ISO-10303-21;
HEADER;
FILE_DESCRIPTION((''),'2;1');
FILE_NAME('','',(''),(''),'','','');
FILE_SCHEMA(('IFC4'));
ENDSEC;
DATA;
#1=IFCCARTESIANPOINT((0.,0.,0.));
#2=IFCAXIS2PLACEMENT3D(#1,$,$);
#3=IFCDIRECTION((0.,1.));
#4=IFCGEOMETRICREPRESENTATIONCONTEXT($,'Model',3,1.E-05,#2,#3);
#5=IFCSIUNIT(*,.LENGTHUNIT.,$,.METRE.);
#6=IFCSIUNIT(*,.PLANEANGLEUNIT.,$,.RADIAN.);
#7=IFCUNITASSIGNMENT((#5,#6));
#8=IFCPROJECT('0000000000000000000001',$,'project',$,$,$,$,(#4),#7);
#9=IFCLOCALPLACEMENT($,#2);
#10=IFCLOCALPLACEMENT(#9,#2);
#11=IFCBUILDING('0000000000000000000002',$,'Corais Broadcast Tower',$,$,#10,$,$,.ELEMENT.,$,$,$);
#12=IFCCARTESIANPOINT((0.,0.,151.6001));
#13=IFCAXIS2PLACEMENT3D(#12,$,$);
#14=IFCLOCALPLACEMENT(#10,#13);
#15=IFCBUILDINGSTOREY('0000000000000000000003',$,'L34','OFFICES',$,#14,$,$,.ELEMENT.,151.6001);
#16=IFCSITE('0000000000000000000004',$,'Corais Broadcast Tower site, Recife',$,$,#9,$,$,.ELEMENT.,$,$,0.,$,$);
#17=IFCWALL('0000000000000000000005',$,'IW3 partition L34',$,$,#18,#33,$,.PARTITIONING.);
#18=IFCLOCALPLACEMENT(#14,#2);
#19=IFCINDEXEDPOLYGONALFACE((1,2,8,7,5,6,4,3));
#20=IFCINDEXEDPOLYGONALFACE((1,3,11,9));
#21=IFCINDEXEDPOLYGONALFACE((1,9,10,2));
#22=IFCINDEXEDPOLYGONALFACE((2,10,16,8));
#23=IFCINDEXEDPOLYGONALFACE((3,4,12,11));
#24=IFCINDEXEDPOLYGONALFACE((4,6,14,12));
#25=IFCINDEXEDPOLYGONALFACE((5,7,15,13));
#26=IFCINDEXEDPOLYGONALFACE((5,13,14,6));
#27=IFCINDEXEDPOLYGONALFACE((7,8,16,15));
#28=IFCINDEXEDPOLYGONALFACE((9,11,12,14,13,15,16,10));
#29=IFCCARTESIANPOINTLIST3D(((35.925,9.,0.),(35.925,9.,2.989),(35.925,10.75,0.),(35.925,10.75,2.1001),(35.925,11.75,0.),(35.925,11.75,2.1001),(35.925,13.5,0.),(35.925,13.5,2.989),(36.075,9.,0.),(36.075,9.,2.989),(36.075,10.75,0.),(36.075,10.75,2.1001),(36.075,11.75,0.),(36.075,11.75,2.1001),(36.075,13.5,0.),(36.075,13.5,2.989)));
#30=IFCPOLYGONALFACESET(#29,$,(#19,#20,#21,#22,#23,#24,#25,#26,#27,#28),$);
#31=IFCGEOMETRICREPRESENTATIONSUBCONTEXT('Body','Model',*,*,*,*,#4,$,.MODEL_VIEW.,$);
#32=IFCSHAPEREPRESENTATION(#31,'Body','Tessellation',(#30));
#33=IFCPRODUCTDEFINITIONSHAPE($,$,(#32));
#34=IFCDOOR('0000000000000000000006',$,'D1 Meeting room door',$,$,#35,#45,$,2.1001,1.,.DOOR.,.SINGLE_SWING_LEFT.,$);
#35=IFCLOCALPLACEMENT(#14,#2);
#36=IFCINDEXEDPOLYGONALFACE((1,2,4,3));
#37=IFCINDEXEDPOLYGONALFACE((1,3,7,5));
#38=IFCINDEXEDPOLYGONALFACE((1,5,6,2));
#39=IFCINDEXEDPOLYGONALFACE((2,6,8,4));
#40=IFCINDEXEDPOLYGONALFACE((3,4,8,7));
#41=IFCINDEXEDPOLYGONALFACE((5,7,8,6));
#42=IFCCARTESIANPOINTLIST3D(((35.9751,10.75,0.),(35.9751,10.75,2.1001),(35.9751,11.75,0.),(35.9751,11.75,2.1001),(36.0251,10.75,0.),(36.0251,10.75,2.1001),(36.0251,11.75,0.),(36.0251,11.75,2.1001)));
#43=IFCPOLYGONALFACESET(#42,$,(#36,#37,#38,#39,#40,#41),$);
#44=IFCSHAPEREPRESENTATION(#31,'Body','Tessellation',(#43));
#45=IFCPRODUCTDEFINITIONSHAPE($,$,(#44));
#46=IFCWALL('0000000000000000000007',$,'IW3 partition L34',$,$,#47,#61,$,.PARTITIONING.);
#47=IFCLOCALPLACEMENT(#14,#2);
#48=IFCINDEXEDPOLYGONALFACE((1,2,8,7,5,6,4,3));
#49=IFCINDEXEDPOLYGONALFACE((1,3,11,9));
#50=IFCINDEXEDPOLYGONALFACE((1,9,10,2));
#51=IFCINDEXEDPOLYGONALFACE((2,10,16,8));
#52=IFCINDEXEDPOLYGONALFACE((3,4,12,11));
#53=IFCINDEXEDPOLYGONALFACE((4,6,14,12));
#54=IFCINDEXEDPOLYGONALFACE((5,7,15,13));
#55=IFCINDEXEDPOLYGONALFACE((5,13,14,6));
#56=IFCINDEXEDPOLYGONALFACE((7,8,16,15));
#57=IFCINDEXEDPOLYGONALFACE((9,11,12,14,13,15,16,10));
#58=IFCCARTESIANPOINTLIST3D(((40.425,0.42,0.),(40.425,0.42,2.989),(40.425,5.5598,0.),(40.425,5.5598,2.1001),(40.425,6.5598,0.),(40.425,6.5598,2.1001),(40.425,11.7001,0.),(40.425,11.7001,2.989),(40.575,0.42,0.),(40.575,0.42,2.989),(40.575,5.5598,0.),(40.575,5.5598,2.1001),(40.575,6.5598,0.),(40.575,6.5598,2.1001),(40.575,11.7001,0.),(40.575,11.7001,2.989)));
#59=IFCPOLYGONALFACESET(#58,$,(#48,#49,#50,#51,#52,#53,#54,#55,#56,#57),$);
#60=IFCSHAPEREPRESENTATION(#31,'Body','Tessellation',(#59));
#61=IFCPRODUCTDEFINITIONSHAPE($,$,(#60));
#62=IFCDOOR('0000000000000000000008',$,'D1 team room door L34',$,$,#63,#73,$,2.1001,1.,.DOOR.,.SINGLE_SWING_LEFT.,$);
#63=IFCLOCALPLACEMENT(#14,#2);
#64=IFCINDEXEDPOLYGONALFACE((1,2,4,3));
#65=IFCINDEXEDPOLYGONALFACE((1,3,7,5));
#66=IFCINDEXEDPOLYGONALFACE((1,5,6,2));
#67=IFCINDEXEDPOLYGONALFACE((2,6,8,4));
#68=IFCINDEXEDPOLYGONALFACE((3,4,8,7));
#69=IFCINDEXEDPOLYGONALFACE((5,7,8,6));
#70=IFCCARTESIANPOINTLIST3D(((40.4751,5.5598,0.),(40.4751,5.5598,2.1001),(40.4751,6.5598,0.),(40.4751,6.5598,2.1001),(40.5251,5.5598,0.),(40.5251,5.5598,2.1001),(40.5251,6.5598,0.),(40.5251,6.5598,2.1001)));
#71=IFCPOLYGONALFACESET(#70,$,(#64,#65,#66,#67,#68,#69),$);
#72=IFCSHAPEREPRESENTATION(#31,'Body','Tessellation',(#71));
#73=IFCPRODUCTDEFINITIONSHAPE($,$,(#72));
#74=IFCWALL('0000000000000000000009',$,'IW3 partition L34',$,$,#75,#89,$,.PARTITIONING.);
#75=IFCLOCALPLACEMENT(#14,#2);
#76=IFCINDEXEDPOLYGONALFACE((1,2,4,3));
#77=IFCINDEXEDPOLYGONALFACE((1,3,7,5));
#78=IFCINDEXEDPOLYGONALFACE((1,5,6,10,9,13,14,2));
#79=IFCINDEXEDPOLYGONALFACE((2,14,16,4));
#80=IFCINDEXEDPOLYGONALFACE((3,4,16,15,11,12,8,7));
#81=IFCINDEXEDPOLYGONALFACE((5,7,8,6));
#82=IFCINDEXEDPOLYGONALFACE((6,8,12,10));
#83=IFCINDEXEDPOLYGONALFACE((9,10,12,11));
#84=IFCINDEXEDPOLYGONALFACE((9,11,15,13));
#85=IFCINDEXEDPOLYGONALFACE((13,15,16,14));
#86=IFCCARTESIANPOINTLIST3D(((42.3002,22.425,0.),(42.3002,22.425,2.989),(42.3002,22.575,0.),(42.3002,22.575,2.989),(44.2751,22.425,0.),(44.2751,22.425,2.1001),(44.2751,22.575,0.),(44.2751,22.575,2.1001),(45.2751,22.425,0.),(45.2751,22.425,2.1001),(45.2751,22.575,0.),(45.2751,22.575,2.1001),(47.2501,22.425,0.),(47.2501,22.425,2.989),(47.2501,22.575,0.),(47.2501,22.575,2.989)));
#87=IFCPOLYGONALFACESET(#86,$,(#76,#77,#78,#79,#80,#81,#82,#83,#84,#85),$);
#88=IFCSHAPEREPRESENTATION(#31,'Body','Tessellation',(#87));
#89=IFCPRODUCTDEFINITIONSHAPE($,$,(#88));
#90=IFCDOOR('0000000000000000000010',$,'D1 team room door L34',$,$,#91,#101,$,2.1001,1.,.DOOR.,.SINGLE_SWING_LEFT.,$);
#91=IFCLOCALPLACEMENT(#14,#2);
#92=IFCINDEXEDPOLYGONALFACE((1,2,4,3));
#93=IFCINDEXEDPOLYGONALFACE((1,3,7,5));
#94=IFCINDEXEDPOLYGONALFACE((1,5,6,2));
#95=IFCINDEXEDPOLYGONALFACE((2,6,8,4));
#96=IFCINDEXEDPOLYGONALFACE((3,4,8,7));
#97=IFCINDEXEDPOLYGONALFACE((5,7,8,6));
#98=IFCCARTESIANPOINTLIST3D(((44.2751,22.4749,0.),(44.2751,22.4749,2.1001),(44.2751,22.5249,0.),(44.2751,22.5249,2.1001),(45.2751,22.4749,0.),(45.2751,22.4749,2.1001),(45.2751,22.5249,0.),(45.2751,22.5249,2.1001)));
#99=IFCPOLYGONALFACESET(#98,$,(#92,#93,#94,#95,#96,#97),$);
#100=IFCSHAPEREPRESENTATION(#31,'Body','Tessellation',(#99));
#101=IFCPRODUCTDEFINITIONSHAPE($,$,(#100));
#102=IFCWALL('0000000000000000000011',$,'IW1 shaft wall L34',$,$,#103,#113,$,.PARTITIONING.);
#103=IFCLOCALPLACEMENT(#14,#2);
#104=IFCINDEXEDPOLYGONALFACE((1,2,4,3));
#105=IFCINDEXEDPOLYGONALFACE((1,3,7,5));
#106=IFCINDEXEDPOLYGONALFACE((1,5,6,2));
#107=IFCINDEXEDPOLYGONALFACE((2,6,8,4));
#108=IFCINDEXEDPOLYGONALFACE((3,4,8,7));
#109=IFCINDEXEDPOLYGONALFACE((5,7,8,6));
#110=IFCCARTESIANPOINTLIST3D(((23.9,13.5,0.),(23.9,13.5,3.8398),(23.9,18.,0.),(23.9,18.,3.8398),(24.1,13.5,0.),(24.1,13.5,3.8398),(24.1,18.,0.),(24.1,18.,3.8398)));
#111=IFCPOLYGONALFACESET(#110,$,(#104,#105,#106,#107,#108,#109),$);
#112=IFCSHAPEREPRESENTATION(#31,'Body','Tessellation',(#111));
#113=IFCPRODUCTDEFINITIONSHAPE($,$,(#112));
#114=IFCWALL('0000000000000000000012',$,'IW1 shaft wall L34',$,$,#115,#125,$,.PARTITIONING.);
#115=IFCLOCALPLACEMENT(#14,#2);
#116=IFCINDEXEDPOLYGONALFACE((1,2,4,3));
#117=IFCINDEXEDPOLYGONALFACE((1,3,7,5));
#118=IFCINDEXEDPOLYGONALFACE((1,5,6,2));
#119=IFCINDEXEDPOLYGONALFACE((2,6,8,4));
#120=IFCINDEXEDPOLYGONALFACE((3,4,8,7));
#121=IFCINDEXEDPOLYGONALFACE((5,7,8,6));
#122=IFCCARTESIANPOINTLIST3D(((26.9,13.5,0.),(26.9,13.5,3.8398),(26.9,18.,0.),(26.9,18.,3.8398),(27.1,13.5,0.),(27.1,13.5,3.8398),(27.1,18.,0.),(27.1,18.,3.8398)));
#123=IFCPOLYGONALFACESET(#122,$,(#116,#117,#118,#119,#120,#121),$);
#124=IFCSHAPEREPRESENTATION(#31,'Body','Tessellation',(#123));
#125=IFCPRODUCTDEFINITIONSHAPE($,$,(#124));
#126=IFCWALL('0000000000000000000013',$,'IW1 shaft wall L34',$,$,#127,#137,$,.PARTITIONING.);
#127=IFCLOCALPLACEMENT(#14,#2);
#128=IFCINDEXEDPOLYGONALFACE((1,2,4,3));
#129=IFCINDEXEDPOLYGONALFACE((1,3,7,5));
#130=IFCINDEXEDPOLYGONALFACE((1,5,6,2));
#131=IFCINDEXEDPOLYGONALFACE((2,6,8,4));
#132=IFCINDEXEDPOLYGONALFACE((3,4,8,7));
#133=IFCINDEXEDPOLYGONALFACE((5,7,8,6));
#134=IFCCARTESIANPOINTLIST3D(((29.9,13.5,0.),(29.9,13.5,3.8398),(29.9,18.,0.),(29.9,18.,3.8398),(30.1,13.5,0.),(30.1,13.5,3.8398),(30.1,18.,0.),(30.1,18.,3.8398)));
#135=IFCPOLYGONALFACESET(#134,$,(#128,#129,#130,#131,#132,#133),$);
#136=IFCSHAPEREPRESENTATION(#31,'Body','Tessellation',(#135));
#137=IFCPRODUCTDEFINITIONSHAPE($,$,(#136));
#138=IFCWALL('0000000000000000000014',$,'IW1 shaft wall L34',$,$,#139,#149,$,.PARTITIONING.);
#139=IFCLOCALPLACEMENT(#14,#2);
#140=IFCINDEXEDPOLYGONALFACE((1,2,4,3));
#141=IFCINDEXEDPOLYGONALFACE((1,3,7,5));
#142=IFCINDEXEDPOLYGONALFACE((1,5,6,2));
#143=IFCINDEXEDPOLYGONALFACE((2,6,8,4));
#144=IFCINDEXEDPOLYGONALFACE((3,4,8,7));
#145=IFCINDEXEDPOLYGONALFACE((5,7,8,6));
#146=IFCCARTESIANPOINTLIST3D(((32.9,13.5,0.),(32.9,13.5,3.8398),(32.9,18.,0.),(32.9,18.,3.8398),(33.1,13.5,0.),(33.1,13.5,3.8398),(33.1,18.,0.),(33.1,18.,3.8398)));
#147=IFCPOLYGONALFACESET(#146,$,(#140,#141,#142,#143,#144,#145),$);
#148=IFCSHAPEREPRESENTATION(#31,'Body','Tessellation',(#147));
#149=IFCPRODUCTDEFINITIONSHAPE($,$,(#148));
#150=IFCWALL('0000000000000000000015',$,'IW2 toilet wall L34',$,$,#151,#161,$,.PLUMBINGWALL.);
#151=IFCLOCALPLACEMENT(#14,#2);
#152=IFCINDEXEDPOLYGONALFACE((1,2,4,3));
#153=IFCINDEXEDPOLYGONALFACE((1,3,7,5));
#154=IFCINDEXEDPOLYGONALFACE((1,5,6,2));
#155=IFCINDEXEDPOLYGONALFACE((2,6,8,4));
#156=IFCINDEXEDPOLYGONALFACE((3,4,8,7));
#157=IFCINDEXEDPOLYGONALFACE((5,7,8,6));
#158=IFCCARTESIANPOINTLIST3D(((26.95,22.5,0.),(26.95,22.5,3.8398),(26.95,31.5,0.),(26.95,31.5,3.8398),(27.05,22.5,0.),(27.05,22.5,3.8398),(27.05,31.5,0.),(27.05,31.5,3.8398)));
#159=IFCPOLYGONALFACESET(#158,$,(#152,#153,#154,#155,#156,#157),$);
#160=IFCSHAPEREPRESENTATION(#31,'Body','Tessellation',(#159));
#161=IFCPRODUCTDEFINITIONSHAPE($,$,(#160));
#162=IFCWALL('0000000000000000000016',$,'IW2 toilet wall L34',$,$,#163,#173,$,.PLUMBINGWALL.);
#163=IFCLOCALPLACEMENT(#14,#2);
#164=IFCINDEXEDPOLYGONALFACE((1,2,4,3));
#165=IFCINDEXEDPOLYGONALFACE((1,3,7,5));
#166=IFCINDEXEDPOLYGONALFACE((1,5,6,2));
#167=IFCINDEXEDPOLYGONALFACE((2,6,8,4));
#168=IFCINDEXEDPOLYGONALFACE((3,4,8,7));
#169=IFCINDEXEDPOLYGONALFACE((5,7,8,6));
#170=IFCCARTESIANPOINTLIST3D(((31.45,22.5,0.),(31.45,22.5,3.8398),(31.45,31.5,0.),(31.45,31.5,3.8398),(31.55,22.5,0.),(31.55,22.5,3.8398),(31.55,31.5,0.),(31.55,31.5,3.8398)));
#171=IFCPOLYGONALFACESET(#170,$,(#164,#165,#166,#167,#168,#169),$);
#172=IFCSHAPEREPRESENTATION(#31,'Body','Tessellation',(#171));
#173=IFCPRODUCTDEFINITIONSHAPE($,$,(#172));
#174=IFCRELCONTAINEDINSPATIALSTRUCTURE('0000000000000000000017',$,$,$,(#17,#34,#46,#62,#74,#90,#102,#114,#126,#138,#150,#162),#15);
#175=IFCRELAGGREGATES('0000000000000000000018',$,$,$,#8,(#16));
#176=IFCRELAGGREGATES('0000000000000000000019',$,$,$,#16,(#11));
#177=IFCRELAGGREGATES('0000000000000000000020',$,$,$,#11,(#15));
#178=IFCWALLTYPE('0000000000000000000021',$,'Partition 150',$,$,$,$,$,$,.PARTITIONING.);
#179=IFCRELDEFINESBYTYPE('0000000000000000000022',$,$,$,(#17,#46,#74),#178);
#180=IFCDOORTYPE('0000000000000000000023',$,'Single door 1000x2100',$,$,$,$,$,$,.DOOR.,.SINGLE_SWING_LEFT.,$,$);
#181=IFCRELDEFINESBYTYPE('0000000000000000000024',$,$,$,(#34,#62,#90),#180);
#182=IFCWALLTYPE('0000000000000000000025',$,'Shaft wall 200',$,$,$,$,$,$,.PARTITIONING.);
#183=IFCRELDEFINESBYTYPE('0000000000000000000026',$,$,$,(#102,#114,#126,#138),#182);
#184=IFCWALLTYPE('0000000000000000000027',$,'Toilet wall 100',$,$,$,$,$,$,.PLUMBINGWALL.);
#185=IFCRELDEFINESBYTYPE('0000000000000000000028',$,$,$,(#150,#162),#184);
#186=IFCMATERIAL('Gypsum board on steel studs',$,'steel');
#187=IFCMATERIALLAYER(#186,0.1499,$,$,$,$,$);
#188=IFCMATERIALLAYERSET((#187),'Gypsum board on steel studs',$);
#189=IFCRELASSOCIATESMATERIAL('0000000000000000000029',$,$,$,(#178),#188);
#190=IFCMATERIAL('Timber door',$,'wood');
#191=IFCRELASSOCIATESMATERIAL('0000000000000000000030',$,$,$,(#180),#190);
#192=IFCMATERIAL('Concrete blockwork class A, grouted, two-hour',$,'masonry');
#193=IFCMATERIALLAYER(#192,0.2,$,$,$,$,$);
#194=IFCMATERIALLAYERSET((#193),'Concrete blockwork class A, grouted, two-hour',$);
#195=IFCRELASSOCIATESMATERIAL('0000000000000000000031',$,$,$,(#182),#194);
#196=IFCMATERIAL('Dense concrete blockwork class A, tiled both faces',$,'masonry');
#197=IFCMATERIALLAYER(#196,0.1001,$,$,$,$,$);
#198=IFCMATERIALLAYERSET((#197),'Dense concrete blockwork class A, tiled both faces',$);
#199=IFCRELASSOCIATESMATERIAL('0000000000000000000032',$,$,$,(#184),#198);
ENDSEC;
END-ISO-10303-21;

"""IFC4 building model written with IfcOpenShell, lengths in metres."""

from ifc_helpers import new_model, si_unit, direction, frame, frame_2d, origin, place, context, subcontext, project, spatial, rectangle, extrude, material, layer, layer_set, type_object, element, fill, save


model = new_model("IFC4")

# Units and contexts
model_context = context("Model", 3, precision=1e-05, world=origin(), true_north=direction((0.0, 1.0)))
body_context = subcontext(model_context, "Body", "Model", "MODEL_VIEW")
ifc_project = project(units=[si_unit("LENGTHUNIT", "METRE"), si_unit("PLANEANGLEUNIT", "RADIAN")], contexts=[model_context])

# Site, building, storey
site_placement = place(None, origin())
site = spatial("IfcSite", under=ifc_project, at=site_placement, Name="Corais Broadcast Tower site, Recife", CompositionType="ELEMENT", RefElevation=0.0)
building_placement = place(site_placement, origin())
building = spatial("IfcBuilding", under=site, at=building_placement, Name="Corais Broadcast Tower", CompositionType="ELEMENT")
storey_placement = place(building_placement, frame((0.0, 0.0, 151.6001)))
storey = spatial("IfcBuildingStorey", under=building, at=storey_placement, Name="L34", Description="OFFICES", CompositionType="ELEMENT", Elevation=151.6001)

# Shared definitions
ifc_material_1 = material(Name="Gypsum board on steel studs", Category="steel")
ifc_layer_1 = layer(ifc_material_1, 0.1499)
ifc_layer_set_1 = layer_set([ifc_layer_1], Name="Gypsum board on steel studs")
wall_type_1 = type_object("IfcWallType", Name="Partition 150", PredefinedType="PARTITIONING", material=ifc_layer_set_1)
ifc_material_2 = material(Name="Timber door", Category="wood")
door_type_1 = type_object("IfcDoorType", Name="Single door 1000x2100", OperationType="SINGLE_SWING_LEFT", PredefinedType="DOOR", material=ifc_material_2)

# Walls, openings, doors
wall_1_placement = place(storey_placement, frame((36.0, 9.0, 0.0), z_axis=(0.0, 0.0, 1.0), x_axis=(0.0, 1.0, 0.0)))
wall_1 = element("IfcWall", 1, at=wall_1_placement, inside=storey, type_object=wall_type_1, Name="IW3 partition L34", PredefinedType="PARTITIONING", context=body_context, shape_type="SweptSolid", body=[
    extrude(rectangle(XDim=4.5, YDim=0.1499, at=frame_2d((2.25, 0.0))), origin(), (0.0, 0.0, 1.0), 2.989),
])
opening_1_placement = place(wall_1_placement, frame((1.75, 0.0, 0.0)))
opening_1 = element("IfcOpeningElement", 2, at=opening_1_placement, cuts=wall_1, PredefinedType="OPENING", context=body_context, shape_type="SweptSolid", body=[
    extrude(rectangle(XDim=1.0, YDim=2.1001, at=frame_2d((0.5, 1.05))), frame((0.0, 0.085, 0.0), z_axis=(0.0, -1.0, 0.0), x_axis=(1.0, 0.0, 0.0)), (0.0, 0.0, 1.0), 0.1699),
])
door_1_placement = place(opening_1_placement, origin())
door_1 = element("IfcDoor", 3, at=door_1_placement, inside=storey, type_object=door_type_1, Name="D1 Meeting room door", OperationType="SINGLE_SWING_LEFT", OverallHeight=2.1001, OverallWidth=1.0, PredefinedType="DOOR", context=body_context, shape_type="SweptSolid", body=[
    extrude(rectangle(XDim=1.0, YDim=2.1001, at=frame_2d((0.5, 1.05))), frame((0.0, 0.0249, 0.0), z_axis=(0.0, -1.0, 0.0), x_axis=(1.0, 0.0, 0.0)), (0.0, 0.0, 1.0), 0.05),
])
fill(opening_1, door_1)
wall_2_placement = place(storey_placement, frame((40.5, 0.4199, 0.0), z_axis=(0.0, 0.0, 1.0), x_axis=(0.0, 1.0, 0.0)))
wall_2 = element("IfcWall", 4, at=wall_2_placement, inside=storey, type_object=wall_type_1, Name="IW3 partition L34", PredefinedType="PARTITIONING", context=body_context, shape_type="SweptSolid", body=[
    extrude(rectangle(XDim=11.28, YDim=0.1499, at=frame_2d((5.6401, 0.0))), origin(), (0.0, 0.0, 1.0), 2.989),
])
opening_2_placement = place(wall_2_placement, frame((5.1399, 0.0, 0.0)))
opening_2 = element("IfcOpeningElement", 5, at=opening_2_placement, cuts=wall_2, PredefinedType="OPENING", context=body_context, shape_type="SweptSolid", body=[
    extrude(rectangle(XDim=1.0, YDim=2.1001, at=frame_2d((0.5, 1.05))), frame((0.0, 0.085, 0.0), z_axis=(0.0, -1.0, 0.0), x_axis=(1.0, 0.0, 0.0)), (0.0, 0.0, 1.0), 0.1699),
])
door_2_placement = place(opening_2_placement, origin())
door_2 = element("IfcDoor", 6, at=door_2_placement, inside=storey, type_object=door_type_1, Name="D1 team room door L34", OperationType="SINGLE_SWING_LEFT", OverallHeight=2.1001, OverallWidth=1.0, PredefinedType="DOOR", context=body_context, shape_type="SweptSolid", body=[
    extrude(rectangle(XDim=1.0, YDim=2.1001, at=frame_2d((0.5, 1.05))), frame((0.0, 0.0249, 0.0), z_axis=(0.0, -1.0, 0.0), x_axis=(1.0, 0.0, 0.0)), (0.0, 0.0, 1.0), 0.05),
])
fill(opening_2, door_2)
wall_3_placement = place(storey_placement, frame((42.3, 22.5, 0.0), z_axis=(0.0, 0.0, 1.0), x_axis=(1.0, 0.0, 0.0)))
wall_3 = element("IfcWall", 7, at=wall_3_placement, inside=storey, type_object=wall_type_1, Name="IW3 partition L34", PredefinedType="PARTITIONING", context=body_context, shape_type="SweptSolid", body=[
    extrude(rectangle(XDim=4.95, YDim=0.1499, at=frame_2d((2.4751, 0.0))), origin(), (0.0, 0.0, 1.0), 2.989),
])
opening_3_placement = place(wall_3_placement, frame((1.9751, 0.0, 0.0)))
opening_3 = element("IfcOpeningElement", 8, at=opening_3_placement, cuts=wall_3, PredefinedType="OPENING", context=body_context, shape_type="SweptSolid", body=[
    extrude(rectangle(XDim=1.0, YDim=2.1001, at=frame_2d((0.5, 1.05))), frame((0.0, 0.085, 0.0), z_axis=(0.0, -1.0, 0.0), x_axis=(1.0, 0.0, 0.0)), (0.0, 0.0, 1.0), 0.1699),
])
door_3_placement = place(opening_3_placement, origin())
door_3 = element("IfcDoor", 9, at=door_3_placement, inside=storey, type_object=door_type_1, Name="D1 team room door L34", OperationType="SINGLE_SWING_LEFT", OverallHeight=2.1001, OverallWidth=1.0, PredefinedType="DOOR", context=body_context, shape_type="SweptSolid", body=[
    extrude(rectangle(XDim=1.0, YDim=2.1001, at=frame_2d((0.5, 1.05))), frame((0.0, 0.0249, 0.0), z_axis=(0.0, -1.0, 0.0), x_axis=(1.0, 0.0, 0.0)), (0.0, 0.0, 1.0), 0.05),
])
fill(opening_3, door_3)

# Walls
ifc_material_3 = material(Name="Concrete blockwork class A, grouted, two-hour", Category="masonry")
ifc_layer_2 = layer(ifc_material_3, 0.2)
ifc_layer_set_2 = layer_set([ifc_layer_2], Name="Concrete blockwork class A, grouted, two-hour")
wall_type_2 = type_object("IfcWallType", Name="Shaft wall 200", PredefinedType="PARTITIONING", material=ifc_layer_set_2)
for number, where, z_axis, x_axis, name in (
    (10, (24.0, 13.5, 0.0), (0.0, 0.0, 1.0), (0.0, 1.0, 0.0), "IW1 shaft wall L34"),
    (11, (27.0, 13.5, 0.0), (0.0, 0.0, 1.0), (0.0, 1.0, 0.0), "IW1 shaft wall L34"),
    (12, (30.0, 13.5, 0.0), (0.0, 0.0, 1.0), (0.0, 1.0, 0.0), "IW1 shaft wall L34"),
    (13, (33.0, 13.5, 0.0), (0.0, 0.0, 1.0), (0.0, 1.0, 0.0), "IW1 shaft wall L34"),
):
    element("IfcWall", number, at=place(storey_placement, frame(where, z_axis=z_axis, x_axis=x_axis)), inside=storey, type_object=wall_type_2, Name=name, PredefinedType="PARTITIONING", context=body_context, shape_type="SweptSolid", body=[
        extrude(rectangle(XDim=4.5, YDim=0.2, at=frame_2d((2.25, 0.0))), origin(), (0.0, 0.0, 1.0), 3.8398),
    ])
ifc_material_4 = material(Name="Dense concrete blockwork class A, tiled both faces", Category="masonry")
ifc_layer_3 = layer(ifc_material_4, 0.1001)
ifc_layer_set_3 = layer_set([ifc_layer_3], Name="Dense concrete blockwork class A, tiled both faces")
wall_type_3 = type_object("IfcWallType", Name="Toilet wall 100", PredefinedType="PLUMBINGWALL", material=ifc_layer_set_3)
for number, where, z_axis, x_axis, name in (
    (14, (27.0, 22.5, 0.0), (0.0, 0.0, 1.0), (0.0, 1.0, 0.0), "IW2 toilet wall L34"),
    (15, (31.5, 22.5, 0.0), (0.0, 0.0, 1.0), (0.0, 1.0, 0.0), "IW2 toilet wall L34"),
):
    element("IfcWall", number, at=place(storey_placement, frame(where, z_axis=z_axis, x_axis=x_axis)), inside=storey, type_object=wall_type_3, Name=name, PredefinedType="PLUMBINGWALL", context=body_context, shape_type="SweptSolid", body=[
        extrude(rectangle(XDim=9.0, YDim=0.1001, at=frame_2d((4.5, 0.0))), origin(), (0.0, 0.0, 1.0), 3.8398),
    ])

save(model, "model.ifc")
